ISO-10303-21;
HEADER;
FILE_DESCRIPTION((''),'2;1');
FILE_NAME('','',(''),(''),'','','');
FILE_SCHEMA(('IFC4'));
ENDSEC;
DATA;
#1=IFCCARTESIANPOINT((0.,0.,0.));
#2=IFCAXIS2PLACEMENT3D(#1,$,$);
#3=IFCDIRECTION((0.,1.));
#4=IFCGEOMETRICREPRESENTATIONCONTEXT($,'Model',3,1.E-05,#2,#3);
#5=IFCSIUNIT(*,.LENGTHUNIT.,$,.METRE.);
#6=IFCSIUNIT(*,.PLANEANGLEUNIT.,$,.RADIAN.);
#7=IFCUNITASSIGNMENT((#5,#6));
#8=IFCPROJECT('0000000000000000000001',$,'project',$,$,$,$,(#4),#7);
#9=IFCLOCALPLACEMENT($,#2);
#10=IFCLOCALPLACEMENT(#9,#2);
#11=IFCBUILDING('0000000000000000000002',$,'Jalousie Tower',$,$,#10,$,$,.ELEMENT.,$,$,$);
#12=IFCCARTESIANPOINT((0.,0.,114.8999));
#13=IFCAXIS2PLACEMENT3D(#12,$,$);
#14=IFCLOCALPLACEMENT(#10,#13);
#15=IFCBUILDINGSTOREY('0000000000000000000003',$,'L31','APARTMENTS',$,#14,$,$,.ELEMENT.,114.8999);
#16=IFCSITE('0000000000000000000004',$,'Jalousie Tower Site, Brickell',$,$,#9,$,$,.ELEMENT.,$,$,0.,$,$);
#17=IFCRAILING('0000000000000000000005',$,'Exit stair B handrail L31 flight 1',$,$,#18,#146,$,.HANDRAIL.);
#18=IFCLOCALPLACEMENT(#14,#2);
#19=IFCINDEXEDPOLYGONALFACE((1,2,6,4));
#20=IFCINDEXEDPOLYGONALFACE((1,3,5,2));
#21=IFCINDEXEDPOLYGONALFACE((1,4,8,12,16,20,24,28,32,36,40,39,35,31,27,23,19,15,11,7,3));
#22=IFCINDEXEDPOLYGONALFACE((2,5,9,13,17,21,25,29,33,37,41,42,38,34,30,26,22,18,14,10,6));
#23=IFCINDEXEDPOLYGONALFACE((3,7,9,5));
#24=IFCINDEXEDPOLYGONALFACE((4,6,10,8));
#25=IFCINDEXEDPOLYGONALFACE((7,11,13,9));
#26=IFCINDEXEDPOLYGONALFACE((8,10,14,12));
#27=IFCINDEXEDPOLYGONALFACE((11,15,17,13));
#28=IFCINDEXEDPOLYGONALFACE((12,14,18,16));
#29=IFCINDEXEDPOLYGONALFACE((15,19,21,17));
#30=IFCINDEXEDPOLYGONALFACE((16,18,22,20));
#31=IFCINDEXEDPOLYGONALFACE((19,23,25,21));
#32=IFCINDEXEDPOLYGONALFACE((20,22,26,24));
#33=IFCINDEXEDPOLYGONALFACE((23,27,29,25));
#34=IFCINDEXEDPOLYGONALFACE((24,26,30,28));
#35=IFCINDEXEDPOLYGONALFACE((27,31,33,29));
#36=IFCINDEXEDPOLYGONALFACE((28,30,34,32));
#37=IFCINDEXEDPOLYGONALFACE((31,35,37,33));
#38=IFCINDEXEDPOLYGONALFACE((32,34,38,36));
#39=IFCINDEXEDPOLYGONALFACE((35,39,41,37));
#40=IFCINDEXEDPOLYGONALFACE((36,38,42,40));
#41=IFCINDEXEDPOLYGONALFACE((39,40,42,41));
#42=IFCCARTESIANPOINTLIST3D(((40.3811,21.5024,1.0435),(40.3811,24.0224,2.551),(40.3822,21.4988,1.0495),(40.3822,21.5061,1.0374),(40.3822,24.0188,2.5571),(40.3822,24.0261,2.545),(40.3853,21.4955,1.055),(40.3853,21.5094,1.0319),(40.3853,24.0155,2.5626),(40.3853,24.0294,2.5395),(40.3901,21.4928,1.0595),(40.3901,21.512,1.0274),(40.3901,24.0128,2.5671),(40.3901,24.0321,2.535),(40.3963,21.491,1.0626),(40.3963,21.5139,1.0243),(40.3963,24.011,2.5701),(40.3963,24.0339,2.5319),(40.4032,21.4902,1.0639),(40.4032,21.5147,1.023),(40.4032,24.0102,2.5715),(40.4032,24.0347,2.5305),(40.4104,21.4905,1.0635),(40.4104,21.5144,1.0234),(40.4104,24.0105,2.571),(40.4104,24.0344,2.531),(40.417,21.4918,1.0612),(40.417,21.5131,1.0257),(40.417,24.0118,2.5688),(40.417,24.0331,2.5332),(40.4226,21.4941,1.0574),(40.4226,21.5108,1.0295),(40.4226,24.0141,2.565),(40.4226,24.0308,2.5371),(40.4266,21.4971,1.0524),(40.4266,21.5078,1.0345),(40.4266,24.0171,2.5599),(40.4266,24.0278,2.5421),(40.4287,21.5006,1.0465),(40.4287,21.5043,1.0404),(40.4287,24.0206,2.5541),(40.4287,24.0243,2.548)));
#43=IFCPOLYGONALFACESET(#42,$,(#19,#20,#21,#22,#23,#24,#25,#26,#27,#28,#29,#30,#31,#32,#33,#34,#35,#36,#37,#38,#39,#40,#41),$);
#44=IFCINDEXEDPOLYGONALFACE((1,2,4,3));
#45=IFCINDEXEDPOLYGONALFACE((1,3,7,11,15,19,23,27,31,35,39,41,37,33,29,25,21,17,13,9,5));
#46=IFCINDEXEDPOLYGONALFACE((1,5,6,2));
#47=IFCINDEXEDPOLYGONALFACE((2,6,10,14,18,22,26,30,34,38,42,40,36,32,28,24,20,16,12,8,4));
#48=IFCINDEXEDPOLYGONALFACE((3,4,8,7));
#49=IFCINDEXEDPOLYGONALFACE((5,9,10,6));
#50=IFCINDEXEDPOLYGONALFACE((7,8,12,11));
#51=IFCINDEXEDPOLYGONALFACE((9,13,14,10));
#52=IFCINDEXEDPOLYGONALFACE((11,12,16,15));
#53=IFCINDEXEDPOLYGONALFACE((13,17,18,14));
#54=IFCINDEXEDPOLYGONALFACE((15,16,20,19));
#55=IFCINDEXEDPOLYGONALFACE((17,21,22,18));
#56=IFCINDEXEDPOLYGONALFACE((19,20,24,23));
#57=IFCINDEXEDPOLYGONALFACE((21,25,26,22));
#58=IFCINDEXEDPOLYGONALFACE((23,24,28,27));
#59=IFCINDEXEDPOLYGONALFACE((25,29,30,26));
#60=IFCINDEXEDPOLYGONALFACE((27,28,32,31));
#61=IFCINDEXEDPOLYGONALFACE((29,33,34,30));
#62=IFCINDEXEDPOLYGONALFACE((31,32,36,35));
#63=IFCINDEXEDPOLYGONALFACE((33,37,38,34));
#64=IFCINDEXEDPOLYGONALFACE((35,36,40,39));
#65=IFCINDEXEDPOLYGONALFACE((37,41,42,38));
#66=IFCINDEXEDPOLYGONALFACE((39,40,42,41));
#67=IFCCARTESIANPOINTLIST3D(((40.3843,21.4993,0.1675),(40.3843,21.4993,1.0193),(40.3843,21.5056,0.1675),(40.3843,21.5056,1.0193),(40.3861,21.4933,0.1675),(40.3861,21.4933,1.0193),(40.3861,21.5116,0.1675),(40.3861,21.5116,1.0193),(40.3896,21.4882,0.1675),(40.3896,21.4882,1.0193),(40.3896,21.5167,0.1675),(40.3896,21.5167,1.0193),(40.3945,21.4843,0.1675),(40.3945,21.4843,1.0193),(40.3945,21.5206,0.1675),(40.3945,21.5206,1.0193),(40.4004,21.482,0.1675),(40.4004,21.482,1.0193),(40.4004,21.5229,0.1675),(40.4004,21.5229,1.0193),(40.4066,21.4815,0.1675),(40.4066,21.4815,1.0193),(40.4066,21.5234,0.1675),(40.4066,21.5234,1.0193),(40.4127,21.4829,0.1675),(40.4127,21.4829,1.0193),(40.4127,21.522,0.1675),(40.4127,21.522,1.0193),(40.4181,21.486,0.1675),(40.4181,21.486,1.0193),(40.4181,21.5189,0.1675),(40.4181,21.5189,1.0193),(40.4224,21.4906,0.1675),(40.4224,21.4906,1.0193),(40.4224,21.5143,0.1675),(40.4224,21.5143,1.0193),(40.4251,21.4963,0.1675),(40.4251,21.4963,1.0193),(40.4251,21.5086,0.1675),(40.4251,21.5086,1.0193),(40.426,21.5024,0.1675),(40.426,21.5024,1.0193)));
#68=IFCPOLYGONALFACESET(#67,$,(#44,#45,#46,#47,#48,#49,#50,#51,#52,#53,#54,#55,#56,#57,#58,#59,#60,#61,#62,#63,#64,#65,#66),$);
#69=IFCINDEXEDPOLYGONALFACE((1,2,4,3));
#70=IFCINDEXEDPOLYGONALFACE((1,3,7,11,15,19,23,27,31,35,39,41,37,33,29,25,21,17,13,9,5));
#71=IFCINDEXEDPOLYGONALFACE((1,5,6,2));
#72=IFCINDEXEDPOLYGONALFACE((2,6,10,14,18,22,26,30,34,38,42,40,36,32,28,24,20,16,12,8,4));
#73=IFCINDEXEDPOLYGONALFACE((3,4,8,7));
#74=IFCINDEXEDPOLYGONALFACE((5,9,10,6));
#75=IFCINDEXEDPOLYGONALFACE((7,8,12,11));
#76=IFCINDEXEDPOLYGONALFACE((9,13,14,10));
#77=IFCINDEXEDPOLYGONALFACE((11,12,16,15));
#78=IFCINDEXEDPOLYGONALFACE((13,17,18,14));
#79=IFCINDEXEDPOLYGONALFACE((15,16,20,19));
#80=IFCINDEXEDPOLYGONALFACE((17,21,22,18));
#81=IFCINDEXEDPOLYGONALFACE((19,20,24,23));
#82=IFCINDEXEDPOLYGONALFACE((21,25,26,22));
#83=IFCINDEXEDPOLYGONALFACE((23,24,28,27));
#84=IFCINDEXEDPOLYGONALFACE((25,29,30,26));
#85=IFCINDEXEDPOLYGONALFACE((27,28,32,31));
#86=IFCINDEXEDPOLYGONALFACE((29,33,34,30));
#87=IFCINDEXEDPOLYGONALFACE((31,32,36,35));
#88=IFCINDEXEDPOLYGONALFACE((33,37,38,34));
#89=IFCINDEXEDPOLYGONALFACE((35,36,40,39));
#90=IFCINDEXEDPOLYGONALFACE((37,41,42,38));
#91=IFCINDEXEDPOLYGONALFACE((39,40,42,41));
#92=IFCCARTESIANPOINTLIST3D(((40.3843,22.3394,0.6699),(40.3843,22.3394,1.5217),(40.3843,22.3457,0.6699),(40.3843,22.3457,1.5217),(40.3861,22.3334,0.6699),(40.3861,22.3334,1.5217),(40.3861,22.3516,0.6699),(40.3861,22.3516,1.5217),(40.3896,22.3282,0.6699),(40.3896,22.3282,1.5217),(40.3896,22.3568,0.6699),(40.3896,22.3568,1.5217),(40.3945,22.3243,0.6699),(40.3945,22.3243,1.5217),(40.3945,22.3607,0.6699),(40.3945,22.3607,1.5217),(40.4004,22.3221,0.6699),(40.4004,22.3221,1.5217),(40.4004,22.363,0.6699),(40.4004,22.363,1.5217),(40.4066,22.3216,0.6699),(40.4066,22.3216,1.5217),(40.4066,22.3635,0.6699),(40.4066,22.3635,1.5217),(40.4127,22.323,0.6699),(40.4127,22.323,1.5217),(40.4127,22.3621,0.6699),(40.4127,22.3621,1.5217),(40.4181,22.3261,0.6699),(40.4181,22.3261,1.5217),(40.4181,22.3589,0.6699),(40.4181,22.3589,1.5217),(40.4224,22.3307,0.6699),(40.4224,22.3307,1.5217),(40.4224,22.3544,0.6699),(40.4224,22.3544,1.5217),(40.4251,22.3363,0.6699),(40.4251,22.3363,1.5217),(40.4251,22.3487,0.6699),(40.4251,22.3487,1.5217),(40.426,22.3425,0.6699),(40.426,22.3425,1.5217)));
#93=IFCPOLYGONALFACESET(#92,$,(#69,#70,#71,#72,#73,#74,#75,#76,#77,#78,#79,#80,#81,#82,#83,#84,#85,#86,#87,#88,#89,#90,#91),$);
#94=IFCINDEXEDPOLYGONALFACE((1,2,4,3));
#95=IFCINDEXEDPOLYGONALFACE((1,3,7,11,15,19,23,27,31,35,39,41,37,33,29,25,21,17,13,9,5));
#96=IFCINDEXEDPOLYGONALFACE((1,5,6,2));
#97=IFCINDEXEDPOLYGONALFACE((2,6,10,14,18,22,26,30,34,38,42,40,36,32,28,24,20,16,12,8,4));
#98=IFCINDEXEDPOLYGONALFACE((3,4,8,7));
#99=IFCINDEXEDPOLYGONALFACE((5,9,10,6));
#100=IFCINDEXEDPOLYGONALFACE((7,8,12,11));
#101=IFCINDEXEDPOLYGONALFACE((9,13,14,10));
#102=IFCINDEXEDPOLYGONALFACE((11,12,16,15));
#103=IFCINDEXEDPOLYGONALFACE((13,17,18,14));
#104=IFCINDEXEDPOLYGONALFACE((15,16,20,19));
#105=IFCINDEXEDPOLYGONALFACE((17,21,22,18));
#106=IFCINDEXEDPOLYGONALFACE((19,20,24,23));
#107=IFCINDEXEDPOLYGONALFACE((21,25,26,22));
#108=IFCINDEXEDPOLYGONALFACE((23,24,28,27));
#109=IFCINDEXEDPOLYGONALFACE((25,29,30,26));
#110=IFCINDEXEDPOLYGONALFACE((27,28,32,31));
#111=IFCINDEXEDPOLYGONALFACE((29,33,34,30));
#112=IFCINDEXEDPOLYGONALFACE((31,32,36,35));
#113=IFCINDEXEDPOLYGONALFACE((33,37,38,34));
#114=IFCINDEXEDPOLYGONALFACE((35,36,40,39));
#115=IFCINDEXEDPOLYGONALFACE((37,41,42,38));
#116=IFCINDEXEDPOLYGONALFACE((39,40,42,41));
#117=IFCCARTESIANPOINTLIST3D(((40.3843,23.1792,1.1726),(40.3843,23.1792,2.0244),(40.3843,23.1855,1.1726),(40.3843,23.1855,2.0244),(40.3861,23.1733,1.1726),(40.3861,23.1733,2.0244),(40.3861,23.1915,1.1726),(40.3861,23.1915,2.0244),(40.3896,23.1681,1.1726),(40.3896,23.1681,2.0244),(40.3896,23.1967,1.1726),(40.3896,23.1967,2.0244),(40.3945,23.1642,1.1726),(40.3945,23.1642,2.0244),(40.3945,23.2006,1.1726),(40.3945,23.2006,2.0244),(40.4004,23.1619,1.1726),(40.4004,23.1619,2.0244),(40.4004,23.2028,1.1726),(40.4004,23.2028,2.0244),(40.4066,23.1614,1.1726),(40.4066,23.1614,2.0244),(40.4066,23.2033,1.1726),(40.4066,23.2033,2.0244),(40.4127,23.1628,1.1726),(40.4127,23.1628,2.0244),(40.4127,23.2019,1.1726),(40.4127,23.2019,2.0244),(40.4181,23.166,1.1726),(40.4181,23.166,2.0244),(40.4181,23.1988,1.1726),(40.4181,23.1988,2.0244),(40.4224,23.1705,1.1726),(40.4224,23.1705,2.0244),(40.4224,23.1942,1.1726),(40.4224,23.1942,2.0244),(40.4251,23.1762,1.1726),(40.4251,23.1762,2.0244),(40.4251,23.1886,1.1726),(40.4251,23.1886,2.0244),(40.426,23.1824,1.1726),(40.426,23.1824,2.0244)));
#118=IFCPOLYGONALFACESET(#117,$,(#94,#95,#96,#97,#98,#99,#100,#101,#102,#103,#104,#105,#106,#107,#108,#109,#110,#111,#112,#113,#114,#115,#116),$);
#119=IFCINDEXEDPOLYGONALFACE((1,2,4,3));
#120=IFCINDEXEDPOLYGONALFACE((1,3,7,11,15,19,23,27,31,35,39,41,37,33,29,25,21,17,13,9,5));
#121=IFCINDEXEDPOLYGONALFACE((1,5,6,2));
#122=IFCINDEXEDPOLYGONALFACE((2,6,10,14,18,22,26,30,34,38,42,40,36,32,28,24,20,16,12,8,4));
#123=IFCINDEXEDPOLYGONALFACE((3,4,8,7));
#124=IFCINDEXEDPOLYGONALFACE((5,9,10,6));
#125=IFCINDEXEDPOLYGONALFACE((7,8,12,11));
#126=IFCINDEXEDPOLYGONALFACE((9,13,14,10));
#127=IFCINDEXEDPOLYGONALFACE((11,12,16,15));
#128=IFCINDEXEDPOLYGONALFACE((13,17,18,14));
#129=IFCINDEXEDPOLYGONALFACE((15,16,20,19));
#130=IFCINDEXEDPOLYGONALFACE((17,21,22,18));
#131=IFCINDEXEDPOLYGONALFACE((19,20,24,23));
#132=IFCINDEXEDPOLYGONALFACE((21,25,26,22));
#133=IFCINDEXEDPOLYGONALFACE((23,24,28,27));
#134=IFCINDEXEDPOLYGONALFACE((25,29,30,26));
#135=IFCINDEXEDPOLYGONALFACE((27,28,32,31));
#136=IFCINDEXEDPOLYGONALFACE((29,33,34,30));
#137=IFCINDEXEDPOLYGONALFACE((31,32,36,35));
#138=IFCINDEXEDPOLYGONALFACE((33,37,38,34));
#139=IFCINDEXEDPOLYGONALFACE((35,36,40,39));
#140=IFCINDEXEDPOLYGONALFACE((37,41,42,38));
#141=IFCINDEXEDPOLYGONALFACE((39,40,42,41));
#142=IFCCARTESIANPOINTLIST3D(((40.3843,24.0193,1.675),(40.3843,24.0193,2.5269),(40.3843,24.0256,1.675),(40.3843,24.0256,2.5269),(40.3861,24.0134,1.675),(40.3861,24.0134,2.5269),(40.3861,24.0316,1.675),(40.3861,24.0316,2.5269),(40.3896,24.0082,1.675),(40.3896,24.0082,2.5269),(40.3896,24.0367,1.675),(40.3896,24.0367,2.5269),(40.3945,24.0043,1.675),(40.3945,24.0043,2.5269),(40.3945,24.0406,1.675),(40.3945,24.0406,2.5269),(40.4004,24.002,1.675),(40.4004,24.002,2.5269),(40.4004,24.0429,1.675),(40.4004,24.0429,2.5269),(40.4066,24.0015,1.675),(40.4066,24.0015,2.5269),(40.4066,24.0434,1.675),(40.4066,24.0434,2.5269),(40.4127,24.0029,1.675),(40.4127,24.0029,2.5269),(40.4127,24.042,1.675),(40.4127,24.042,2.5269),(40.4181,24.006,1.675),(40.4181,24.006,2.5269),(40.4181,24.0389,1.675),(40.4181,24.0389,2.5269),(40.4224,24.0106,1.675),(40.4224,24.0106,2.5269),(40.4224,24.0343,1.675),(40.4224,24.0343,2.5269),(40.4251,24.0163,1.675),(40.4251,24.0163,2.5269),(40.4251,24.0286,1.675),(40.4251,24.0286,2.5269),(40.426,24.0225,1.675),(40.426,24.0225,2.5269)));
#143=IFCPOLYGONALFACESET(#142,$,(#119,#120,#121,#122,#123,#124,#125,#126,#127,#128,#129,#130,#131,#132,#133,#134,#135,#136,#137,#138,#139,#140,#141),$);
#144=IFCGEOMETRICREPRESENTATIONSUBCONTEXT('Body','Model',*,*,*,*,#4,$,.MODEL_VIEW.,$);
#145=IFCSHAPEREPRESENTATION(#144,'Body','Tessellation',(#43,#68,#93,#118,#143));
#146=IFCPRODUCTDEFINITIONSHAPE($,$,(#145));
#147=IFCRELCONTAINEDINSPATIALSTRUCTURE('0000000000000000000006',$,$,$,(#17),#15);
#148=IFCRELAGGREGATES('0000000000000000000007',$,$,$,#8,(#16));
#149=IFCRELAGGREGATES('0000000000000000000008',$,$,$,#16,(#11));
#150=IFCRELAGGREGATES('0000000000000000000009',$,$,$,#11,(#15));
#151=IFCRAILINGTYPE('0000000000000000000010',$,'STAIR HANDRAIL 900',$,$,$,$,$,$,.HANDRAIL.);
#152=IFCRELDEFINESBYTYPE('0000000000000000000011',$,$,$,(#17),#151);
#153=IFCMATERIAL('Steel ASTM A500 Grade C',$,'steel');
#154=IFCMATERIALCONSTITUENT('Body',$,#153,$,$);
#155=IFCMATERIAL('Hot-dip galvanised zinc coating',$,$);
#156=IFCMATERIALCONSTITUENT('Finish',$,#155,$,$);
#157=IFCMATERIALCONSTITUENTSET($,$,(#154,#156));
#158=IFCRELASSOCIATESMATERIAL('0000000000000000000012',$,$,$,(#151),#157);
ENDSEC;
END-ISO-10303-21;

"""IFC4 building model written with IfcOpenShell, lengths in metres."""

from ifc_helpers import new_model, si_unit, direction, frame, origin, origin_2d, place, context, subcontext, project, spatial, circle, extrude, material, constituent, constituent_set, type_object, element, save


model = new_model("IFC4")

# Units and contexts
model_context = context("Model", 3, precision=1e-05, world=origin(), true_north=direction((0.0, 1.0)))
body_context = subcontext(model_context, "Body", "Model", "MODEL_VIEW")
ifc_project = project(units=[si_unit("LENGTHUNIT", "METRE"), si_unit("PLANEANGLEUNIT", "RADIAN")], contexts=[model_context])

# Site, building, storey
site_placement = place(None, origin())
site = spatial("IfcSite", under=ifc_project, at=site_placement, Name="Jalousie Tower Site, Brickell", CompositionType="ELEMENT", RefElevation=0.0)
building_placement = place(site_placement, origin())
building = spatial("IfcBuilding", under=site, at=building_placement, Name="Jalousie Tower", CompositionType="ELEMENT")
storey_placement = place(building_placement, frame((0.0, 0.0, 114.8999)))
storey = spatial("IfcBuildingStorey", under=building, at=storey_placement, Name="L31", Description="APARTMENTS", CompositionType="ELEMENT", Elevation=114.8999)

# Railing
ifc_material_1 = material(Name="Steel ASTM A500 Grade C", Category="steel")
ifc_constituent_1 = constituent(ifc_material_1, Name="Body")
ifc_material_2 = material(Name="Hot-dip galvanised zinc coating")
ifc_constituent_2 = constituent(ifc_material_2, Name="Finish")
ifc_constituent_set_1 = constituent_set(constituents=[ifc_constituent_1, ifc_constituent_2])
railing_type_1 = type_object("IfcRailingType", Name="STAIR HANDRAIL 900", PredefinedType="HANDRAIL", material=ifc_constituent_set_1)
railing_1_placement = place(storey_placement, frame((40.405, 21.5024, 0.1675)))
element("IfcRailing", 1, at=railing_1_placement, inside=storey, type_object=railing_type_1, Name="Exit stair B handrail L31 flight 1", PredefinedType="HANDRAIL", context=body_context, shape_type="SweptSolid", body=[
    extrude(circle(Radius=0.0239, at=origin_2d()), frame((0.0, 0.0, 0.876), z_axis=(0.0, 0.85816, 0.513383), x_axis=(-1.0, 0.0, 0.0)), (0.0, 0.0, 1.0), 2.9365),
    extrude(circle(Radius=0.021, at=origin_2d()), origin(), (0.0, 0.0, 1.0), 0.8518),
    extrude(circle(Radius=0.021, at=origin_2d()), frame((0.0, 0.8401, 0.5024)), (0.0, 0.0, 1.0), 0.8518),
    extrude(circle(Radius=0.021, at=origin_2d()), frame((0.0, 1.6799, 1.0051)), (0.0, 0.0, 1.0), 0.8518),
    extrude(circle(Radius=0.021, at=origin_2d()), frame((0.0, 2.52, 1.5076)), (0.0, 0.0, 1.0), 0.8518),
])

save(model, "model.ifc")
